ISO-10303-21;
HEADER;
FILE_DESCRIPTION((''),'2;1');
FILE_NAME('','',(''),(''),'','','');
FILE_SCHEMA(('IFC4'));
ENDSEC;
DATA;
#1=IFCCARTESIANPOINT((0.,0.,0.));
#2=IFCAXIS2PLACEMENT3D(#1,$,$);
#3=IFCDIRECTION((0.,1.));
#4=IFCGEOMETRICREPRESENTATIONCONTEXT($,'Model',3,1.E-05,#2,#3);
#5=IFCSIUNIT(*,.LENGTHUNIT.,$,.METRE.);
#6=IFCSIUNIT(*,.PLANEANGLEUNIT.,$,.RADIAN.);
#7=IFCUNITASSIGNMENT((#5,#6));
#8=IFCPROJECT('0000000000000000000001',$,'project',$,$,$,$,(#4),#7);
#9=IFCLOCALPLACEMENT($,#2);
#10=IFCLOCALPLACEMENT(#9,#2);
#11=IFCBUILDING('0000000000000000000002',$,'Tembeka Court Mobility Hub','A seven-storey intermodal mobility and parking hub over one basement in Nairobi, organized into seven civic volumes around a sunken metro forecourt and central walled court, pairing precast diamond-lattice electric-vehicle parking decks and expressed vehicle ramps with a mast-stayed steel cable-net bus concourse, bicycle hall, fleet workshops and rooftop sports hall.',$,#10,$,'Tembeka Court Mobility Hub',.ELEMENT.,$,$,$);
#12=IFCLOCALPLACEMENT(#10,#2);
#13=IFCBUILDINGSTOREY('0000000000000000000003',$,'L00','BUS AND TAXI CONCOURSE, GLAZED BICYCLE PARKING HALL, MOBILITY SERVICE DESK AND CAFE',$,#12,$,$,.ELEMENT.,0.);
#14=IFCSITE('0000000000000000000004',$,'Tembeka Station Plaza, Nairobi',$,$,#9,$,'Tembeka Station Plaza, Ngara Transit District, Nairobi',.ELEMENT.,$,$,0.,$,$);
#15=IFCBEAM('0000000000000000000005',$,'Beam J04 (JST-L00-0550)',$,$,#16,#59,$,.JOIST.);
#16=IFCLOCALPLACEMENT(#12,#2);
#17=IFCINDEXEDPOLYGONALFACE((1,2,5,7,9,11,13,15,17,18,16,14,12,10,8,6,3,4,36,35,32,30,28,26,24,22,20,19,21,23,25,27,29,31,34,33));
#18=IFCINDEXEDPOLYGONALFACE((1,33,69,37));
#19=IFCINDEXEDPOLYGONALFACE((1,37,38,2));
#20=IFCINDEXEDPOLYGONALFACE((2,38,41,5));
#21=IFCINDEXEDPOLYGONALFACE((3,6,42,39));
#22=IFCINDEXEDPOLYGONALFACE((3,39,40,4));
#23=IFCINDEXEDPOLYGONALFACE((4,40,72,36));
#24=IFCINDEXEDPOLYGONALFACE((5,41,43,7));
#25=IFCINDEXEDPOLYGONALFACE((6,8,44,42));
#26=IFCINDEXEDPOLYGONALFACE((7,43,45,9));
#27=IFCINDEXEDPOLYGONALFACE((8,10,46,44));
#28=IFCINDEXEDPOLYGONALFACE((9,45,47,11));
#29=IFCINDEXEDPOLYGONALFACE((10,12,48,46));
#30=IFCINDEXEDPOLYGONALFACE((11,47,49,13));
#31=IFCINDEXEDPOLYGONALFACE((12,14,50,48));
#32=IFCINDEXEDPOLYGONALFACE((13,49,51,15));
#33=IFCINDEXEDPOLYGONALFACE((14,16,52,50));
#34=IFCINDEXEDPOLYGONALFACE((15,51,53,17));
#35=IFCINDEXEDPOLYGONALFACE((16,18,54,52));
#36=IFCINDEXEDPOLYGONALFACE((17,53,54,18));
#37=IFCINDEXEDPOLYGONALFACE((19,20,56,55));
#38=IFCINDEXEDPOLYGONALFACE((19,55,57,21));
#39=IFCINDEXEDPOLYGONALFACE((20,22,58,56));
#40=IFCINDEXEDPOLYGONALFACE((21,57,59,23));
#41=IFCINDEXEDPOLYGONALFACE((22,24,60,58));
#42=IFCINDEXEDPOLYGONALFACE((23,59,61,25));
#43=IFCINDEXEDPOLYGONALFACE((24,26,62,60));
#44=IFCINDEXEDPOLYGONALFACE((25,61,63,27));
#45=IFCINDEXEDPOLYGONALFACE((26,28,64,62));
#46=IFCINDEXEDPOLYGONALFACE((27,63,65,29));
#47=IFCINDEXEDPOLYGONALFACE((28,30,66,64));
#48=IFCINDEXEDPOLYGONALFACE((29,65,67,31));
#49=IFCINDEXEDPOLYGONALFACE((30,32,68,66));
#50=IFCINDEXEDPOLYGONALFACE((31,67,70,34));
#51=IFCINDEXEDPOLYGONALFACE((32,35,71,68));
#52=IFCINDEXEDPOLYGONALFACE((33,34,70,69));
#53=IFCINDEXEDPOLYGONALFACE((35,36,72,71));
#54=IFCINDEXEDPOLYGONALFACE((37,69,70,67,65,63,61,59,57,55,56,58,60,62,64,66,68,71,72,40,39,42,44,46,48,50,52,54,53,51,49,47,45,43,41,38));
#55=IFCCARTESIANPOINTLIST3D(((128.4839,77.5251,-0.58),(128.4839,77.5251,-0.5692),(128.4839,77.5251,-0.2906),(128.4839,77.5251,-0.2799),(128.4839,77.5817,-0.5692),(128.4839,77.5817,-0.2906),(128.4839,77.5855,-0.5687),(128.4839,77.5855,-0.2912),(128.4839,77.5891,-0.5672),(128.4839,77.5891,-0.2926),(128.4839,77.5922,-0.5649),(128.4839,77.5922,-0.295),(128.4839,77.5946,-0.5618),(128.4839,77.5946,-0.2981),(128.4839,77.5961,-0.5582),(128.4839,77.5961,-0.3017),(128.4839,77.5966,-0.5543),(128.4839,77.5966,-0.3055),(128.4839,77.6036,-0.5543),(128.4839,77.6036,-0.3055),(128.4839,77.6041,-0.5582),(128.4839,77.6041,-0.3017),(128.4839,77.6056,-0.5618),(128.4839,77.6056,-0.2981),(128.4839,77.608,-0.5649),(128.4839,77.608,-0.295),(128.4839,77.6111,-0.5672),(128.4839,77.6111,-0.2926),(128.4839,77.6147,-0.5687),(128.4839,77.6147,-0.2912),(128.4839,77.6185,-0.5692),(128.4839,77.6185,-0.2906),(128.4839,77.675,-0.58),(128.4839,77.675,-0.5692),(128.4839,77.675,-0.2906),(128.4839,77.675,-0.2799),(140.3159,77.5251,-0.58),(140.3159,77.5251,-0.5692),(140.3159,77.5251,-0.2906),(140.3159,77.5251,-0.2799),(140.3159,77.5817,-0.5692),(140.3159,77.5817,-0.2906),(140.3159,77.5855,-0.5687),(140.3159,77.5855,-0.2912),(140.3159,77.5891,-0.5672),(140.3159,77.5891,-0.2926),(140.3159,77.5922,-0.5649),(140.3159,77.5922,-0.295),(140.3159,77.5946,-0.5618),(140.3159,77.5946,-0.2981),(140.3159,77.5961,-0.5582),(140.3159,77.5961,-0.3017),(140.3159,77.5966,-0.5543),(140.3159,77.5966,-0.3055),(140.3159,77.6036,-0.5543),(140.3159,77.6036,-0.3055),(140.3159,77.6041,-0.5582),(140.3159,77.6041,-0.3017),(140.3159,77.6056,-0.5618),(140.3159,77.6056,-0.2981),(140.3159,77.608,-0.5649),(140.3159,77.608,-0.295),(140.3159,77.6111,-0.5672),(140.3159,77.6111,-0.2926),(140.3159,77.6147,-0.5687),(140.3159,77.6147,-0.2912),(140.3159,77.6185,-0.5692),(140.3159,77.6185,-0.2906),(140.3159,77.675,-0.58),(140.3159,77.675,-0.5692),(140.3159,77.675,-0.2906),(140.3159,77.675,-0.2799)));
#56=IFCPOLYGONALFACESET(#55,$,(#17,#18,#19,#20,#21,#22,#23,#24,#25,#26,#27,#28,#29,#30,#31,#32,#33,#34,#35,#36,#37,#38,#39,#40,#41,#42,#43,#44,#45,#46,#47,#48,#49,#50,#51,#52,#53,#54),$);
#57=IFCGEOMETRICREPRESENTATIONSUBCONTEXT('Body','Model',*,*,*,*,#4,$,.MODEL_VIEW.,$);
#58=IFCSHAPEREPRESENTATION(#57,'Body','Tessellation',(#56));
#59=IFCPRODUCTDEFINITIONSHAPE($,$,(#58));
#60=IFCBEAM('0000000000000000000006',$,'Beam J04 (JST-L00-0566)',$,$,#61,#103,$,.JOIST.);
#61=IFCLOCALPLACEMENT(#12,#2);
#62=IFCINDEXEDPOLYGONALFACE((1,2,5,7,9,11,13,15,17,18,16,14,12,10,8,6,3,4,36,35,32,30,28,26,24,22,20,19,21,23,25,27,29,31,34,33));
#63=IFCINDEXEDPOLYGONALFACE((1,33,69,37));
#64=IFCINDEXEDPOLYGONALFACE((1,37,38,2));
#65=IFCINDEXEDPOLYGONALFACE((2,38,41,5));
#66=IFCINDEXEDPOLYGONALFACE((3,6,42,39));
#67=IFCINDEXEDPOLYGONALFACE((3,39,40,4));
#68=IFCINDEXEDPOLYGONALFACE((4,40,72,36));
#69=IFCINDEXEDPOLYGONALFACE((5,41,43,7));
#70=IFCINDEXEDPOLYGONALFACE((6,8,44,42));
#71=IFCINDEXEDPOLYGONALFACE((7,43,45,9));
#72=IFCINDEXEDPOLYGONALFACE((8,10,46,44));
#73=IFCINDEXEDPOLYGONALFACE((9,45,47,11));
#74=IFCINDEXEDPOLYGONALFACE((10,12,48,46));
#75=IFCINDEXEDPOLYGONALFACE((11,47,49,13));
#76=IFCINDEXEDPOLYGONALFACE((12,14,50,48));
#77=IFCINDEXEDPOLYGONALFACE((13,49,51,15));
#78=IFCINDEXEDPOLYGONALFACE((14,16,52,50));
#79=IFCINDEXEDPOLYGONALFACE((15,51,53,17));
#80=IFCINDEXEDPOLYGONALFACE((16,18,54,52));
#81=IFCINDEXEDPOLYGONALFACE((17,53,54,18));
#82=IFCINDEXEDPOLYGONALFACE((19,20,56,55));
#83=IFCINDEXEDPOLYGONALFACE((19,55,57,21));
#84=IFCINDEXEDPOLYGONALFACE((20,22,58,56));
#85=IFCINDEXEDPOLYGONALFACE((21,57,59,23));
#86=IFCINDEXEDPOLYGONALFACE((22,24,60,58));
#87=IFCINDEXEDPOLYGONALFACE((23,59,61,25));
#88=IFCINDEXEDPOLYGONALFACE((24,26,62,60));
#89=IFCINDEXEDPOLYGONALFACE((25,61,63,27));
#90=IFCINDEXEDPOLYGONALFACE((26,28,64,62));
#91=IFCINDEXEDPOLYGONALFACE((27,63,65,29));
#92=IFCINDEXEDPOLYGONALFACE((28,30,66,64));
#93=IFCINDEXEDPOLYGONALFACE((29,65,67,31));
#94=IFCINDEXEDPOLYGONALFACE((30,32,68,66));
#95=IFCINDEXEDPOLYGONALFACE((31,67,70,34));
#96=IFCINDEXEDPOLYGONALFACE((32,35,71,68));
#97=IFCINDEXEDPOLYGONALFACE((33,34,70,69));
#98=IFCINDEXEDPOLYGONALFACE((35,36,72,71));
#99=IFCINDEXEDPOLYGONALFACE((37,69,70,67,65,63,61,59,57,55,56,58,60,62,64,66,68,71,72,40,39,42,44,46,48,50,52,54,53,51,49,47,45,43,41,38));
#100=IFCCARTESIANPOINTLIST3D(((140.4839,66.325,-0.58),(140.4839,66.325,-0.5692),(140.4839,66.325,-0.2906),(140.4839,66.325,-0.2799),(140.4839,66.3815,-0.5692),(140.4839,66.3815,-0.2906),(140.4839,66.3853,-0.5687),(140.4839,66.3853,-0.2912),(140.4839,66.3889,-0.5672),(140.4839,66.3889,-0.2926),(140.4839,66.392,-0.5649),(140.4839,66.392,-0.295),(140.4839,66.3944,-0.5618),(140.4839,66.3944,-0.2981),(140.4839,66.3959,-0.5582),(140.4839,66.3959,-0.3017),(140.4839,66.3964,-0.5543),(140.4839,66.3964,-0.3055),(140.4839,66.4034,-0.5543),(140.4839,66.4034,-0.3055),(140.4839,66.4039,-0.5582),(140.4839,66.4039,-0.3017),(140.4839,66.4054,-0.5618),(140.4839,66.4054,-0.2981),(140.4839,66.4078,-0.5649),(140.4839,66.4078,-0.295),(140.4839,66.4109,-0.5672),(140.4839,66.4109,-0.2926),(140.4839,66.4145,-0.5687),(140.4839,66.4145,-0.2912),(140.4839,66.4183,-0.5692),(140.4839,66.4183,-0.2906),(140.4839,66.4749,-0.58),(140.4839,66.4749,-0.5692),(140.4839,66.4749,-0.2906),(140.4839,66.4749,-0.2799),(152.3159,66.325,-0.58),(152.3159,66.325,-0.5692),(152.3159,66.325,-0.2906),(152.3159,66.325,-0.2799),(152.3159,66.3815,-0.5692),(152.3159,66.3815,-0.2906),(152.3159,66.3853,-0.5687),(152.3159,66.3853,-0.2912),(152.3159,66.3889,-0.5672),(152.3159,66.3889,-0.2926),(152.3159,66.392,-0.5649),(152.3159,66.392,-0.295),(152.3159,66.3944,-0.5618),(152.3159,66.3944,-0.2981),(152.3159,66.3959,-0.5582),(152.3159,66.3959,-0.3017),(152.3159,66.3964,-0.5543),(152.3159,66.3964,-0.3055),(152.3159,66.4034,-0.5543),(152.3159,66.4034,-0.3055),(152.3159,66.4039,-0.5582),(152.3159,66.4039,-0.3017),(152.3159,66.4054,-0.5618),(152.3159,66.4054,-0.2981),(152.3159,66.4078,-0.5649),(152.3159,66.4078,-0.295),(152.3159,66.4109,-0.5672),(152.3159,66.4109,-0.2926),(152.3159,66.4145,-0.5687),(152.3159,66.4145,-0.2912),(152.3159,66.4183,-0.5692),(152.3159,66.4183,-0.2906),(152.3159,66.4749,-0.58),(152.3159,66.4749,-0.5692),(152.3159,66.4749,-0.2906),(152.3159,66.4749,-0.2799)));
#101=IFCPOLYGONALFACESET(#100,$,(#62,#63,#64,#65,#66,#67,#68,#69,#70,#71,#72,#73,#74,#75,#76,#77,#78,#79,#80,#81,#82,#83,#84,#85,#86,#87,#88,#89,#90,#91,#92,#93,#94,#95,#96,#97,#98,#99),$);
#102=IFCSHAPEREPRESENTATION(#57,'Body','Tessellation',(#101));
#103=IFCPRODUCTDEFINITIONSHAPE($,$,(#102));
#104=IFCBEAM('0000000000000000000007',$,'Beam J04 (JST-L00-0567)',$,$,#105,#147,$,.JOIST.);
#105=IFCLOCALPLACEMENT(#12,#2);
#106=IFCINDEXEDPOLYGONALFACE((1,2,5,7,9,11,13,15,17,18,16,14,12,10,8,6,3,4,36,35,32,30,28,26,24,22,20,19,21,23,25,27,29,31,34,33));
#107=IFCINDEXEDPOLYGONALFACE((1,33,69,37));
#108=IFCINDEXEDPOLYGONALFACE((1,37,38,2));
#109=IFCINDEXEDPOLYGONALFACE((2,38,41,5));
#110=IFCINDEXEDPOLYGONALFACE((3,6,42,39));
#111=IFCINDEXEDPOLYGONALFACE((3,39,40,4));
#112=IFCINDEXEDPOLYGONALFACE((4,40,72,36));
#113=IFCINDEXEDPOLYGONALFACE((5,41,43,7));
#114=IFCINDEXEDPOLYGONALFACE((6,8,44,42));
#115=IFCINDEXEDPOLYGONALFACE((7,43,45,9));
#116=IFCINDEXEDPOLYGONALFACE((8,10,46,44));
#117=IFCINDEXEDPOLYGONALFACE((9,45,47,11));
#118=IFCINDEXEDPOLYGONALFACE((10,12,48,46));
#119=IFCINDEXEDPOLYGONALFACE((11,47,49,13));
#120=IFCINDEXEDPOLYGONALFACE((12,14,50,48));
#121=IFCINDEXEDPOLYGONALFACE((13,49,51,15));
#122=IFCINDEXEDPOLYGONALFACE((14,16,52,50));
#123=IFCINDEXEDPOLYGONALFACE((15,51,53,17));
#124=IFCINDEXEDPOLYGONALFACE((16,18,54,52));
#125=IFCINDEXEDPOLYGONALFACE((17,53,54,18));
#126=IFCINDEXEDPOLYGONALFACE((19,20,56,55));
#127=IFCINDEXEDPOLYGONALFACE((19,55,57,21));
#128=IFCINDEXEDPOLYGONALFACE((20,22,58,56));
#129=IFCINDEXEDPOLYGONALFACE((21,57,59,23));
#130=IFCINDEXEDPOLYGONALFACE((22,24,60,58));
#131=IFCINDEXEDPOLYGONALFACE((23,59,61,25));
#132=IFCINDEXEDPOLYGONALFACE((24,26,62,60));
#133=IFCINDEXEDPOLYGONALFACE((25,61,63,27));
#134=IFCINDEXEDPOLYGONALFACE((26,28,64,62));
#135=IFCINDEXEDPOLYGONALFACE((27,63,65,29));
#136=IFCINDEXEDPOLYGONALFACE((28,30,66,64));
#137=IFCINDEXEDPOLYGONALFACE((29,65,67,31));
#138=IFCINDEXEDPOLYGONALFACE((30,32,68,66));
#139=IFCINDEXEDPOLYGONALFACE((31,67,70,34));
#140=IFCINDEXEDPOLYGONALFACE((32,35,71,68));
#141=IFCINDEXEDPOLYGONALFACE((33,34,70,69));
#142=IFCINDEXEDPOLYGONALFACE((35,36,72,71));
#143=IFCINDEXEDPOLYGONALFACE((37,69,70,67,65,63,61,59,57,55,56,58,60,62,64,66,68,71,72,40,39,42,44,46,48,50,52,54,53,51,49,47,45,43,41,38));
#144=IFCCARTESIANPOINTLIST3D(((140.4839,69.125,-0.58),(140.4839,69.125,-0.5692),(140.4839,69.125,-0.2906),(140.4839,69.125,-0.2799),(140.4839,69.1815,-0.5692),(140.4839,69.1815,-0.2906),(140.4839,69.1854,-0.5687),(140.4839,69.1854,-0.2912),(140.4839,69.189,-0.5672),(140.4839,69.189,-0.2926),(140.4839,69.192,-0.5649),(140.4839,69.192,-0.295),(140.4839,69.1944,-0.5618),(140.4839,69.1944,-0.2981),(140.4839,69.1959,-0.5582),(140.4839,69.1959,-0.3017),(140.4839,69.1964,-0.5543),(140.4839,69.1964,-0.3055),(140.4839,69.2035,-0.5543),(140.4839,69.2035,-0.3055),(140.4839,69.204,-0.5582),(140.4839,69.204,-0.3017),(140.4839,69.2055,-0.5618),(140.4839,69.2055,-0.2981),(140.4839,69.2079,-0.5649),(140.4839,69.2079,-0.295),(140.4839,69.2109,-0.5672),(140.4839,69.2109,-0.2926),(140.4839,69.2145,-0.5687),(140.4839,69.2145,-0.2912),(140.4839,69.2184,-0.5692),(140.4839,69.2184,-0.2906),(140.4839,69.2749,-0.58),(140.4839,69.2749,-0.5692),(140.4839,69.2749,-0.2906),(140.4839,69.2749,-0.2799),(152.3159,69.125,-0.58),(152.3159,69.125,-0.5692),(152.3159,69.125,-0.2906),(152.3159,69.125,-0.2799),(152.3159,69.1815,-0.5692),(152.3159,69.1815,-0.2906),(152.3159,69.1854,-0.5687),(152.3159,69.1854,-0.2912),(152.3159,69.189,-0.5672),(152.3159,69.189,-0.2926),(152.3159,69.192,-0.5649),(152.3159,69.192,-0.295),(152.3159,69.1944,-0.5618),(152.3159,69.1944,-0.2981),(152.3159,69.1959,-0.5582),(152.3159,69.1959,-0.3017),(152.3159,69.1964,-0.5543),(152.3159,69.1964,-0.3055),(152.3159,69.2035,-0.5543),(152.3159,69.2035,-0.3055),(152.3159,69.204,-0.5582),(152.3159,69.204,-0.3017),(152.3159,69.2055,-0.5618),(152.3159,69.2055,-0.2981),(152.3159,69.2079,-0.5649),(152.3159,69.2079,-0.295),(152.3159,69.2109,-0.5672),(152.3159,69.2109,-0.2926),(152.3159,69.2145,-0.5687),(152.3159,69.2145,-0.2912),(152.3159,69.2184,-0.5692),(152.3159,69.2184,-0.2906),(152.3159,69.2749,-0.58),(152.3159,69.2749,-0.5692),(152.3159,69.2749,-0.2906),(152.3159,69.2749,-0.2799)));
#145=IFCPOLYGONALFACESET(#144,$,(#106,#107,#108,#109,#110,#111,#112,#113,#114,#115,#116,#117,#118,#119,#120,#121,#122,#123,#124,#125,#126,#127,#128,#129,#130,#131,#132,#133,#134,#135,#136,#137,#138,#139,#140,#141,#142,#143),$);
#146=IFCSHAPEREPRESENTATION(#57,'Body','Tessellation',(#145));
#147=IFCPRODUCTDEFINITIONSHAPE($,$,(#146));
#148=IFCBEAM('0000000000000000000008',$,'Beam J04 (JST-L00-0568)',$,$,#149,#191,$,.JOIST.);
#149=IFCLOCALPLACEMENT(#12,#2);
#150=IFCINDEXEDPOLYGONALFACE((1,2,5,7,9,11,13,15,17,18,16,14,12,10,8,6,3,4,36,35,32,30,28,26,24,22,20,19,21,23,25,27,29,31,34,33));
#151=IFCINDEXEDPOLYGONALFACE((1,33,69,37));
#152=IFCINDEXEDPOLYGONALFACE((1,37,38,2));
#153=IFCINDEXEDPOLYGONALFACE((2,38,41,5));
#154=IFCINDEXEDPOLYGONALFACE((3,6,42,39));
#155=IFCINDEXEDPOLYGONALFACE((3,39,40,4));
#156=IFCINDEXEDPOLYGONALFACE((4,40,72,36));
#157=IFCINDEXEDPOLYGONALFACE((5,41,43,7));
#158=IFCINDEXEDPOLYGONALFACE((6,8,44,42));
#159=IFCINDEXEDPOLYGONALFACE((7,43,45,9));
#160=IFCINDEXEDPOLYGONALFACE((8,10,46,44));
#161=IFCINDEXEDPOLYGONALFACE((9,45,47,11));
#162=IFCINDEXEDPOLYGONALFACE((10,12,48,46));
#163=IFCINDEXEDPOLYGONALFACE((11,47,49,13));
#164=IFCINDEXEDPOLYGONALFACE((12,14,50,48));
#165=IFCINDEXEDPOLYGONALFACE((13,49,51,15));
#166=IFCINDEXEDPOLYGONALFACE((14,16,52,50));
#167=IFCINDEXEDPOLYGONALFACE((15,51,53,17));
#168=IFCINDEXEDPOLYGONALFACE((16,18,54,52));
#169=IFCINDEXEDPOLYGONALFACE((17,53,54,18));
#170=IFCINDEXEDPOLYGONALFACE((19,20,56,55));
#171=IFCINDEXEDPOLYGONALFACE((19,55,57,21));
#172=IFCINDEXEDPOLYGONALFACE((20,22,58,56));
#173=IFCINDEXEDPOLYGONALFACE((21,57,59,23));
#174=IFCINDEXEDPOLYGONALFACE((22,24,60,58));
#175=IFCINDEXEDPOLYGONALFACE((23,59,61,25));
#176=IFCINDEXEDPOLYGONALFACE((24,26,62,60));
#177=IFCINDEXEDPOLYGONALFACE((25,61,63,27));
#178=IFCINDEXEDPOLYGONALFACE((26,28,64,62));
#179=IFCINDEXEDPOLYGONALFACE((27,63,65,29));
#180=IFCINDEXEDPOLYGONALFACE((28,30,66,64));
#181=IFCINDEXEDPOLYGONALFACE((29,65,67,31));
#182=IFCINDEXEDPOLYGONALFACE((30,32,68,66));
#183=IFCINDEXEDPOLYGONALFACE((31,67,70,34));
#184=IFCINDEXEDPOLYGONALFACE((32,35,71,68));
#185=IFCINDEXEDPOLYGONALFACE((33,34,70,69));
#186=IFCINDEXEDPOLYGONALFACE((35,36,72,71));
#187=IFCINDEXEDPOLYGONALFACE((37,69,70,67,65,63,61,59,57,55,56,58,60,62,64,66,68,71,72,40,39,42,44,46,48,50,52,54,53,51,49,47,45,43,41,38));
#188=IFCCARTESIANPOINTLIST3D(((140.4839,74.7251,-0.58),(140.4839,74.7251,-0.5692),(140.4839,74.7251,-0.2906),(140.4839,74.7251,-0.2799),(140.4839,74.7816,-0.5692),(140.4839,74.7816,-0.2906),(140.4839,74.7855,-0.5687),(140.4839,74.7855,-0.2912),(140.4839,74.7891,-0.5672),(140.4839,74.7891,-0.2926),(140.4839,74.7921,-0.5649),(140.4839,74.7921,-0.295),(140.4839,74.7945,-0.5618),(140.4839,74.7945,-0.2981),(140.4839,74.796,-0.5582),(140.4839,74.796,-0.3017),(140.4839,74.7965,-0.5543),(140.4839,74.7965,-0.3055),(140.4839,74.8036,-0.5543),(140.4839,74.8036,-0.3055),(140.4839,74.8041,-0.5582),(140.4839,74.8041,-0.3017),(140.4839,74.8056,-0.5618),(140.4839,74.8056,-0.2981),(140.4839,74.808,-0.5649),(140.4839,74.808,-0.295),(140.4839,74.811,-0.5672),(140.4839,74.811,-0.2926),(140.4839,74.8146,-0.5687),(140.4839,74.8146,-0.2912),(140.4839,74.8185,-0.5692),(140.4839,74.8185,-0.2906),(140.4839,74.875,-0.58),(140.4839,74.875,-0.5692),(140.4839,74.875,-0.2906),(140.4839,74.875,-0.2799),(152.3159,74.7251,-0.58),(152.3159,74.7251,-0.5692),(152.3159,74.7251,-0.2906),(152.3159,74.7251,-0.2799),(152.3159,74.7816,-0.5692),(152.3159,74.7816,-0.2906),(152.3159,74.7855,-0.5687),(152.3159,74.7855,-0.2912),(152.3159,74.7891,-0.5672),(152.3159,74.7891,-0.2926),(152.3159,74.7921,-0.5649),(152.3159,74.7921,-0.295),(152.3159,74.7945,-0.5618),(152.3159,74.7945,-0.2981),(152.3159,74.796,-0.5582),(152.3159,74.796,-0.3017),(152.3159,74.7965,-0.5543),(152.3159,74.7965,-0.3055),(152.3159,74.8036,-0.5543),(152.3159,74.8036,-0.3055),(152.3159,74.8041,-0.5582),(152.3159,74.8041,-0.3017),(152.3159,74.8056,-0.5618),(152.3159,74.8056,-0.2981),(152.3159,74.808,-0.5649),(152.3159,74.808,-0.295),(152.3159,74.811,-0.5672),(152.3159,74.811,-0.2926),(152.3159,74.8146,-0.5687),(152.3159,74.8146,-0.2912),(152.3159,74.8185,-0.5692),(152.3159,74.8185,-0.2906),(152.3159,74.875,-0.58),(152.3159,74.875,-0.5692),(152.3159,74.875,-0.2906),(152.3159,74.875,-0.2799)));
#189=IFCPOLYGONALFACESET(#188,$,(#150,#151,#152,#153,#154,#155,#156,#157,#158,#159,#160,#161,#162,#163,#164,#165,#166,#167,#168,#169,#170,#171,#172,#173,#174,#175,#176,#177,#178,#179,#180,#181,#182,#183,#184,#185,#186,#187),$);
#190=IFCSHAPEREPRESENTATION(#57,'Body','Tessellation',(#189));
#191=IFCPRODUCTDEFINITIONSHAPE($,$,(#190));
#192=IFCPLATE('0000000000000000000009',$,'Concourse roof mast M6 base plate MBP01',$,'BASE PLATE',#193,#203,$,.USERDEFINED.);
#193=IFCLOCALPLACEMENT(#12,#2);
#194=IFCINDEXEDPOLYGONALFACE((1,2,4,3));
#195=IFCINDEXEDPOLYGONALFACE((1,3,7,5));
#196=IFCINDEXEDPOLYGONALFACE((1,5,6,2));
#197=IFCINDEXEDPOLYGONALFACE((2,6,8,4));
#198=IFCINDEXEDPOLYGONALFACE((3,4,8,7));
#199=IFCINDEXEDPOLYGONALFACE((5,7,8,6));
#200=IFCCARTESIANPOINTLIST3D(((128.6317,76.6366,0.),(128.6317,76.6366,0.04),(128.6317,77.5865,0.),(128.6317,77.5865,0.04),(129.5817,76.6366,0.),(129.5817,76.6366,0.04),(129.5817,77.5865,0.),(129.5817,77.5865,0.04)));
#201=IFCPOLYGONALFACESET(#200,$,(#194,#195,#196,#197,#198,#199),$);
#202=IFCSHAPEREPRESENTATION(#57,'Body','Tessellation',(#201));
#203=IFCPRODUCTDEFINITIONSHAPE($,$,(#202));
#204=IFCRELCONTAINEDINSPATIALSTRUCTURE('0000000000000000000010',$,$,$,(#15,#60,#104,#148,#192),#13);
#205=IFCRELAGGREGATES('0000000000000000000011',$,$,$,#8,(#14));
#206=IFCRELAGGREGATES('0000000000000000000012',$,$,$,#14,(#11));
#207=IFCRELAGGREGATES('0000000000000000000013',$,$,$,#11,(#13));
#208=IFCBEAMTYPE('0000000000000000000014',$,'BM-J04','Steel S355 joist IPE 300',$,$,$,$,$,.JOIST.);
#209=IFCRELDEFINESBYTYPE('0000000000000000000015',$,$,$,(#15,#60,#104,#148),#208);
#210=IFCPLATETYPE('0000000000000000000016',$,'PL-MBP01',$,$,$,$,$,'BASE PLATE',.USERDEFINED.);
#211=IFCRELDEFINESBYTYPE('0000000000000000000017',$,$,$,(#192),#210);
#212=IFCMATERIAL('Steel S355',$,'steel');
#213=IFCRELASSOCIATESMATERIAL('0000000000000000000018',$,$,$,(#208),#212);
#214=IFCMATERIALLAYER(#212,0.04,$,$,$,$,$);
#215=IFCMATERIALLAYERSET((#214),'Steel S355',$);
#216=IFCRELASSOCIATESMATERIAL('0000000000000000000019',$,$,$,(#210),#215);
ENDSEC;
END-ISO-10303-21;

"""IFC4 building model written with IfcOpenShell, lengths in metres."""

from ifc_helpers import new_model, si_unit, direction, frame, origin, origin_2d, place, context, subcontext, project, spatial, rectangle, i_section, extrude, material, layer, layer_set, material_profile, profile_set, type_object, element, save


model = new_model("IFC4")

# Units and contexts
model_context = context("Model", 3, precision=1e-05, world=origin(), true_north=direction((0.0, 1.0)))
body_context = subcontext(model_context, "Body", "Model", "MODEL_VIEW")
ifc_project = project(units=[si_unit("LENGTHUNIT", "METRE"), si_unit("PLANEANGLEUNIT", "RADIAN")], contexts=[model_context])

# Site, building, storey
site_placement = place(None, origin())
site = spatial("IfcSite", under=ifc_project, at=site_placement, Name="Tembeka Station Plaza, Nairobi", LongName="Tembeka Station Plaza, Ngara Transit District, Nairobi", CompositionType="ELEMENT", RefElevation=0.0)
building_placement = place(site_placement, origin())
building = spatial("IfcBuilding", under=site, at=building_placement, Name="Tembeka Court Mobility Hub", Description="A seven-storey intermodal mobility and parking hub over one basement in Nairobi, organized into seven civic volumes around a sunken metro forecourt and central walled court, pairing precast diamond-lattice electric-vehicle parking decks and expressed vehicle ramps with a mast-stayed steel cable-net bus concourse, bicycle hall, fleet workshops and rooftop sports hall.", LongName="Tembeka Court Mobility Hub", CompositionType="ELEMENT")
storey_placement = place(building_placement, origin())
storey = spatial("IfcBuildingStorey", under=building, at=storey_placement, Name="L00", Description="BUS AND TAXI CONCOURSE, GLAZED BICYCLE PARKING HALL, MOBILITY SERVICE DESK AND CAFE", CompositionType="ELEMENT", Elevation=0.0)

# Shared definitions
ifc_material = material(Name="Steel S355", Category="steel")

# Beams
ifc_material_profile_1 = material_profile(ifc_material, i_section(OverallWidth=0.1499, OverallDepth=0.3, WebThickness=0.0071, FlangeThickness=0.0107, FilletRadius=0.0149, at=origin_2d()), Name="IPE 300")
ifc_profile_set_1 = profile_set([ifc_material_profile_1], Name="Steel S355")
beam_type_1 = type_object("IfcBeamType", Name="BM-J04", Description="Steel S355 joist IPE 300", PredefinedType="JOIST", material=ifc_profile_set_1)
for number, where, z_axis, x_axis, name in (
    (1, (128.4839, 77.6001, -0.4299), (1.0, 0.0, 0.0), (0.0, 1.0, 0.0), "Beam J04 (JST-L00-0550)"),
    (2, (140.4839, 66.3999, -0.4299), (1.0, 0.0, 0.0), (0.0, 1.0, 0.0), "Beam J04 (JST-L00-0566)"),
    (3, (140.4839, 69.2, -0.4299), (1.0, 0.0, 0.0), (0.0, 1.0, 0.0), "Beam J04 (JST-L00-0567)"),
    (4, (140.4839, 74.8, -0.4299), (1.0, 0.0, 0.0), (0.0, 1.0, 0.0), "Beam J04 (JST-L00-0568)"),
):
    element("IfcBeam", number, at=place(storey_placement, frame(where, z_axis=z_axis, x_axis=x_axis)), inside=storey, type_object=beam_type_1, Name=name, PredefinedType="JOIST", context=body_context, shape_type="SweptSolid", body=[
        extrude(i_section(OverallWidth=0.1499, OverallDepth=0.3, WebThickness=0.0071, FlangeThickness=0.0107, FilletRadius=0.0149, at=origin_2d()), origin(), (0.0, 0.0, 1.0), 11.832),
    ])

# Plate
ifc_layer = layer(ifc_material, 0.04)
ifc_layer_set = layer_set([ifc_layer], Name="Steel S355")
plate_type = type_object("IfcPlateType", Name="PL-MBP01", ElementType="BASE PLATE", PredefinedType="USERDEFINED", material=ifc_layer_set)
for number, where, z_axis, x_axis, name in (
    (5, (129.1067, 77.1116, 0.0), (0.0, 0.0, 1.0), (1.0, 0.0, 0.0), "Concourse roof mast M6 base plate MBP01"),
):
    element("IfcPlate", number, at=place(storey_placement, frame(where, z_axis=z_axis, x_axis=x_axis)), inside=storey, type_object=plate_type, Name=name, ObjectType="BASE PLATE", PredefinedType="USERDEFINED", context=body_context, shape_type="SweptSolid", body=[
        extrude(rectangle(XDim=0.95, YDim=0.95, at=origin_2d()), origin(), (0.0, 0.0, 1.0), 0.04),
    ])

save(model, "model.ifc")
